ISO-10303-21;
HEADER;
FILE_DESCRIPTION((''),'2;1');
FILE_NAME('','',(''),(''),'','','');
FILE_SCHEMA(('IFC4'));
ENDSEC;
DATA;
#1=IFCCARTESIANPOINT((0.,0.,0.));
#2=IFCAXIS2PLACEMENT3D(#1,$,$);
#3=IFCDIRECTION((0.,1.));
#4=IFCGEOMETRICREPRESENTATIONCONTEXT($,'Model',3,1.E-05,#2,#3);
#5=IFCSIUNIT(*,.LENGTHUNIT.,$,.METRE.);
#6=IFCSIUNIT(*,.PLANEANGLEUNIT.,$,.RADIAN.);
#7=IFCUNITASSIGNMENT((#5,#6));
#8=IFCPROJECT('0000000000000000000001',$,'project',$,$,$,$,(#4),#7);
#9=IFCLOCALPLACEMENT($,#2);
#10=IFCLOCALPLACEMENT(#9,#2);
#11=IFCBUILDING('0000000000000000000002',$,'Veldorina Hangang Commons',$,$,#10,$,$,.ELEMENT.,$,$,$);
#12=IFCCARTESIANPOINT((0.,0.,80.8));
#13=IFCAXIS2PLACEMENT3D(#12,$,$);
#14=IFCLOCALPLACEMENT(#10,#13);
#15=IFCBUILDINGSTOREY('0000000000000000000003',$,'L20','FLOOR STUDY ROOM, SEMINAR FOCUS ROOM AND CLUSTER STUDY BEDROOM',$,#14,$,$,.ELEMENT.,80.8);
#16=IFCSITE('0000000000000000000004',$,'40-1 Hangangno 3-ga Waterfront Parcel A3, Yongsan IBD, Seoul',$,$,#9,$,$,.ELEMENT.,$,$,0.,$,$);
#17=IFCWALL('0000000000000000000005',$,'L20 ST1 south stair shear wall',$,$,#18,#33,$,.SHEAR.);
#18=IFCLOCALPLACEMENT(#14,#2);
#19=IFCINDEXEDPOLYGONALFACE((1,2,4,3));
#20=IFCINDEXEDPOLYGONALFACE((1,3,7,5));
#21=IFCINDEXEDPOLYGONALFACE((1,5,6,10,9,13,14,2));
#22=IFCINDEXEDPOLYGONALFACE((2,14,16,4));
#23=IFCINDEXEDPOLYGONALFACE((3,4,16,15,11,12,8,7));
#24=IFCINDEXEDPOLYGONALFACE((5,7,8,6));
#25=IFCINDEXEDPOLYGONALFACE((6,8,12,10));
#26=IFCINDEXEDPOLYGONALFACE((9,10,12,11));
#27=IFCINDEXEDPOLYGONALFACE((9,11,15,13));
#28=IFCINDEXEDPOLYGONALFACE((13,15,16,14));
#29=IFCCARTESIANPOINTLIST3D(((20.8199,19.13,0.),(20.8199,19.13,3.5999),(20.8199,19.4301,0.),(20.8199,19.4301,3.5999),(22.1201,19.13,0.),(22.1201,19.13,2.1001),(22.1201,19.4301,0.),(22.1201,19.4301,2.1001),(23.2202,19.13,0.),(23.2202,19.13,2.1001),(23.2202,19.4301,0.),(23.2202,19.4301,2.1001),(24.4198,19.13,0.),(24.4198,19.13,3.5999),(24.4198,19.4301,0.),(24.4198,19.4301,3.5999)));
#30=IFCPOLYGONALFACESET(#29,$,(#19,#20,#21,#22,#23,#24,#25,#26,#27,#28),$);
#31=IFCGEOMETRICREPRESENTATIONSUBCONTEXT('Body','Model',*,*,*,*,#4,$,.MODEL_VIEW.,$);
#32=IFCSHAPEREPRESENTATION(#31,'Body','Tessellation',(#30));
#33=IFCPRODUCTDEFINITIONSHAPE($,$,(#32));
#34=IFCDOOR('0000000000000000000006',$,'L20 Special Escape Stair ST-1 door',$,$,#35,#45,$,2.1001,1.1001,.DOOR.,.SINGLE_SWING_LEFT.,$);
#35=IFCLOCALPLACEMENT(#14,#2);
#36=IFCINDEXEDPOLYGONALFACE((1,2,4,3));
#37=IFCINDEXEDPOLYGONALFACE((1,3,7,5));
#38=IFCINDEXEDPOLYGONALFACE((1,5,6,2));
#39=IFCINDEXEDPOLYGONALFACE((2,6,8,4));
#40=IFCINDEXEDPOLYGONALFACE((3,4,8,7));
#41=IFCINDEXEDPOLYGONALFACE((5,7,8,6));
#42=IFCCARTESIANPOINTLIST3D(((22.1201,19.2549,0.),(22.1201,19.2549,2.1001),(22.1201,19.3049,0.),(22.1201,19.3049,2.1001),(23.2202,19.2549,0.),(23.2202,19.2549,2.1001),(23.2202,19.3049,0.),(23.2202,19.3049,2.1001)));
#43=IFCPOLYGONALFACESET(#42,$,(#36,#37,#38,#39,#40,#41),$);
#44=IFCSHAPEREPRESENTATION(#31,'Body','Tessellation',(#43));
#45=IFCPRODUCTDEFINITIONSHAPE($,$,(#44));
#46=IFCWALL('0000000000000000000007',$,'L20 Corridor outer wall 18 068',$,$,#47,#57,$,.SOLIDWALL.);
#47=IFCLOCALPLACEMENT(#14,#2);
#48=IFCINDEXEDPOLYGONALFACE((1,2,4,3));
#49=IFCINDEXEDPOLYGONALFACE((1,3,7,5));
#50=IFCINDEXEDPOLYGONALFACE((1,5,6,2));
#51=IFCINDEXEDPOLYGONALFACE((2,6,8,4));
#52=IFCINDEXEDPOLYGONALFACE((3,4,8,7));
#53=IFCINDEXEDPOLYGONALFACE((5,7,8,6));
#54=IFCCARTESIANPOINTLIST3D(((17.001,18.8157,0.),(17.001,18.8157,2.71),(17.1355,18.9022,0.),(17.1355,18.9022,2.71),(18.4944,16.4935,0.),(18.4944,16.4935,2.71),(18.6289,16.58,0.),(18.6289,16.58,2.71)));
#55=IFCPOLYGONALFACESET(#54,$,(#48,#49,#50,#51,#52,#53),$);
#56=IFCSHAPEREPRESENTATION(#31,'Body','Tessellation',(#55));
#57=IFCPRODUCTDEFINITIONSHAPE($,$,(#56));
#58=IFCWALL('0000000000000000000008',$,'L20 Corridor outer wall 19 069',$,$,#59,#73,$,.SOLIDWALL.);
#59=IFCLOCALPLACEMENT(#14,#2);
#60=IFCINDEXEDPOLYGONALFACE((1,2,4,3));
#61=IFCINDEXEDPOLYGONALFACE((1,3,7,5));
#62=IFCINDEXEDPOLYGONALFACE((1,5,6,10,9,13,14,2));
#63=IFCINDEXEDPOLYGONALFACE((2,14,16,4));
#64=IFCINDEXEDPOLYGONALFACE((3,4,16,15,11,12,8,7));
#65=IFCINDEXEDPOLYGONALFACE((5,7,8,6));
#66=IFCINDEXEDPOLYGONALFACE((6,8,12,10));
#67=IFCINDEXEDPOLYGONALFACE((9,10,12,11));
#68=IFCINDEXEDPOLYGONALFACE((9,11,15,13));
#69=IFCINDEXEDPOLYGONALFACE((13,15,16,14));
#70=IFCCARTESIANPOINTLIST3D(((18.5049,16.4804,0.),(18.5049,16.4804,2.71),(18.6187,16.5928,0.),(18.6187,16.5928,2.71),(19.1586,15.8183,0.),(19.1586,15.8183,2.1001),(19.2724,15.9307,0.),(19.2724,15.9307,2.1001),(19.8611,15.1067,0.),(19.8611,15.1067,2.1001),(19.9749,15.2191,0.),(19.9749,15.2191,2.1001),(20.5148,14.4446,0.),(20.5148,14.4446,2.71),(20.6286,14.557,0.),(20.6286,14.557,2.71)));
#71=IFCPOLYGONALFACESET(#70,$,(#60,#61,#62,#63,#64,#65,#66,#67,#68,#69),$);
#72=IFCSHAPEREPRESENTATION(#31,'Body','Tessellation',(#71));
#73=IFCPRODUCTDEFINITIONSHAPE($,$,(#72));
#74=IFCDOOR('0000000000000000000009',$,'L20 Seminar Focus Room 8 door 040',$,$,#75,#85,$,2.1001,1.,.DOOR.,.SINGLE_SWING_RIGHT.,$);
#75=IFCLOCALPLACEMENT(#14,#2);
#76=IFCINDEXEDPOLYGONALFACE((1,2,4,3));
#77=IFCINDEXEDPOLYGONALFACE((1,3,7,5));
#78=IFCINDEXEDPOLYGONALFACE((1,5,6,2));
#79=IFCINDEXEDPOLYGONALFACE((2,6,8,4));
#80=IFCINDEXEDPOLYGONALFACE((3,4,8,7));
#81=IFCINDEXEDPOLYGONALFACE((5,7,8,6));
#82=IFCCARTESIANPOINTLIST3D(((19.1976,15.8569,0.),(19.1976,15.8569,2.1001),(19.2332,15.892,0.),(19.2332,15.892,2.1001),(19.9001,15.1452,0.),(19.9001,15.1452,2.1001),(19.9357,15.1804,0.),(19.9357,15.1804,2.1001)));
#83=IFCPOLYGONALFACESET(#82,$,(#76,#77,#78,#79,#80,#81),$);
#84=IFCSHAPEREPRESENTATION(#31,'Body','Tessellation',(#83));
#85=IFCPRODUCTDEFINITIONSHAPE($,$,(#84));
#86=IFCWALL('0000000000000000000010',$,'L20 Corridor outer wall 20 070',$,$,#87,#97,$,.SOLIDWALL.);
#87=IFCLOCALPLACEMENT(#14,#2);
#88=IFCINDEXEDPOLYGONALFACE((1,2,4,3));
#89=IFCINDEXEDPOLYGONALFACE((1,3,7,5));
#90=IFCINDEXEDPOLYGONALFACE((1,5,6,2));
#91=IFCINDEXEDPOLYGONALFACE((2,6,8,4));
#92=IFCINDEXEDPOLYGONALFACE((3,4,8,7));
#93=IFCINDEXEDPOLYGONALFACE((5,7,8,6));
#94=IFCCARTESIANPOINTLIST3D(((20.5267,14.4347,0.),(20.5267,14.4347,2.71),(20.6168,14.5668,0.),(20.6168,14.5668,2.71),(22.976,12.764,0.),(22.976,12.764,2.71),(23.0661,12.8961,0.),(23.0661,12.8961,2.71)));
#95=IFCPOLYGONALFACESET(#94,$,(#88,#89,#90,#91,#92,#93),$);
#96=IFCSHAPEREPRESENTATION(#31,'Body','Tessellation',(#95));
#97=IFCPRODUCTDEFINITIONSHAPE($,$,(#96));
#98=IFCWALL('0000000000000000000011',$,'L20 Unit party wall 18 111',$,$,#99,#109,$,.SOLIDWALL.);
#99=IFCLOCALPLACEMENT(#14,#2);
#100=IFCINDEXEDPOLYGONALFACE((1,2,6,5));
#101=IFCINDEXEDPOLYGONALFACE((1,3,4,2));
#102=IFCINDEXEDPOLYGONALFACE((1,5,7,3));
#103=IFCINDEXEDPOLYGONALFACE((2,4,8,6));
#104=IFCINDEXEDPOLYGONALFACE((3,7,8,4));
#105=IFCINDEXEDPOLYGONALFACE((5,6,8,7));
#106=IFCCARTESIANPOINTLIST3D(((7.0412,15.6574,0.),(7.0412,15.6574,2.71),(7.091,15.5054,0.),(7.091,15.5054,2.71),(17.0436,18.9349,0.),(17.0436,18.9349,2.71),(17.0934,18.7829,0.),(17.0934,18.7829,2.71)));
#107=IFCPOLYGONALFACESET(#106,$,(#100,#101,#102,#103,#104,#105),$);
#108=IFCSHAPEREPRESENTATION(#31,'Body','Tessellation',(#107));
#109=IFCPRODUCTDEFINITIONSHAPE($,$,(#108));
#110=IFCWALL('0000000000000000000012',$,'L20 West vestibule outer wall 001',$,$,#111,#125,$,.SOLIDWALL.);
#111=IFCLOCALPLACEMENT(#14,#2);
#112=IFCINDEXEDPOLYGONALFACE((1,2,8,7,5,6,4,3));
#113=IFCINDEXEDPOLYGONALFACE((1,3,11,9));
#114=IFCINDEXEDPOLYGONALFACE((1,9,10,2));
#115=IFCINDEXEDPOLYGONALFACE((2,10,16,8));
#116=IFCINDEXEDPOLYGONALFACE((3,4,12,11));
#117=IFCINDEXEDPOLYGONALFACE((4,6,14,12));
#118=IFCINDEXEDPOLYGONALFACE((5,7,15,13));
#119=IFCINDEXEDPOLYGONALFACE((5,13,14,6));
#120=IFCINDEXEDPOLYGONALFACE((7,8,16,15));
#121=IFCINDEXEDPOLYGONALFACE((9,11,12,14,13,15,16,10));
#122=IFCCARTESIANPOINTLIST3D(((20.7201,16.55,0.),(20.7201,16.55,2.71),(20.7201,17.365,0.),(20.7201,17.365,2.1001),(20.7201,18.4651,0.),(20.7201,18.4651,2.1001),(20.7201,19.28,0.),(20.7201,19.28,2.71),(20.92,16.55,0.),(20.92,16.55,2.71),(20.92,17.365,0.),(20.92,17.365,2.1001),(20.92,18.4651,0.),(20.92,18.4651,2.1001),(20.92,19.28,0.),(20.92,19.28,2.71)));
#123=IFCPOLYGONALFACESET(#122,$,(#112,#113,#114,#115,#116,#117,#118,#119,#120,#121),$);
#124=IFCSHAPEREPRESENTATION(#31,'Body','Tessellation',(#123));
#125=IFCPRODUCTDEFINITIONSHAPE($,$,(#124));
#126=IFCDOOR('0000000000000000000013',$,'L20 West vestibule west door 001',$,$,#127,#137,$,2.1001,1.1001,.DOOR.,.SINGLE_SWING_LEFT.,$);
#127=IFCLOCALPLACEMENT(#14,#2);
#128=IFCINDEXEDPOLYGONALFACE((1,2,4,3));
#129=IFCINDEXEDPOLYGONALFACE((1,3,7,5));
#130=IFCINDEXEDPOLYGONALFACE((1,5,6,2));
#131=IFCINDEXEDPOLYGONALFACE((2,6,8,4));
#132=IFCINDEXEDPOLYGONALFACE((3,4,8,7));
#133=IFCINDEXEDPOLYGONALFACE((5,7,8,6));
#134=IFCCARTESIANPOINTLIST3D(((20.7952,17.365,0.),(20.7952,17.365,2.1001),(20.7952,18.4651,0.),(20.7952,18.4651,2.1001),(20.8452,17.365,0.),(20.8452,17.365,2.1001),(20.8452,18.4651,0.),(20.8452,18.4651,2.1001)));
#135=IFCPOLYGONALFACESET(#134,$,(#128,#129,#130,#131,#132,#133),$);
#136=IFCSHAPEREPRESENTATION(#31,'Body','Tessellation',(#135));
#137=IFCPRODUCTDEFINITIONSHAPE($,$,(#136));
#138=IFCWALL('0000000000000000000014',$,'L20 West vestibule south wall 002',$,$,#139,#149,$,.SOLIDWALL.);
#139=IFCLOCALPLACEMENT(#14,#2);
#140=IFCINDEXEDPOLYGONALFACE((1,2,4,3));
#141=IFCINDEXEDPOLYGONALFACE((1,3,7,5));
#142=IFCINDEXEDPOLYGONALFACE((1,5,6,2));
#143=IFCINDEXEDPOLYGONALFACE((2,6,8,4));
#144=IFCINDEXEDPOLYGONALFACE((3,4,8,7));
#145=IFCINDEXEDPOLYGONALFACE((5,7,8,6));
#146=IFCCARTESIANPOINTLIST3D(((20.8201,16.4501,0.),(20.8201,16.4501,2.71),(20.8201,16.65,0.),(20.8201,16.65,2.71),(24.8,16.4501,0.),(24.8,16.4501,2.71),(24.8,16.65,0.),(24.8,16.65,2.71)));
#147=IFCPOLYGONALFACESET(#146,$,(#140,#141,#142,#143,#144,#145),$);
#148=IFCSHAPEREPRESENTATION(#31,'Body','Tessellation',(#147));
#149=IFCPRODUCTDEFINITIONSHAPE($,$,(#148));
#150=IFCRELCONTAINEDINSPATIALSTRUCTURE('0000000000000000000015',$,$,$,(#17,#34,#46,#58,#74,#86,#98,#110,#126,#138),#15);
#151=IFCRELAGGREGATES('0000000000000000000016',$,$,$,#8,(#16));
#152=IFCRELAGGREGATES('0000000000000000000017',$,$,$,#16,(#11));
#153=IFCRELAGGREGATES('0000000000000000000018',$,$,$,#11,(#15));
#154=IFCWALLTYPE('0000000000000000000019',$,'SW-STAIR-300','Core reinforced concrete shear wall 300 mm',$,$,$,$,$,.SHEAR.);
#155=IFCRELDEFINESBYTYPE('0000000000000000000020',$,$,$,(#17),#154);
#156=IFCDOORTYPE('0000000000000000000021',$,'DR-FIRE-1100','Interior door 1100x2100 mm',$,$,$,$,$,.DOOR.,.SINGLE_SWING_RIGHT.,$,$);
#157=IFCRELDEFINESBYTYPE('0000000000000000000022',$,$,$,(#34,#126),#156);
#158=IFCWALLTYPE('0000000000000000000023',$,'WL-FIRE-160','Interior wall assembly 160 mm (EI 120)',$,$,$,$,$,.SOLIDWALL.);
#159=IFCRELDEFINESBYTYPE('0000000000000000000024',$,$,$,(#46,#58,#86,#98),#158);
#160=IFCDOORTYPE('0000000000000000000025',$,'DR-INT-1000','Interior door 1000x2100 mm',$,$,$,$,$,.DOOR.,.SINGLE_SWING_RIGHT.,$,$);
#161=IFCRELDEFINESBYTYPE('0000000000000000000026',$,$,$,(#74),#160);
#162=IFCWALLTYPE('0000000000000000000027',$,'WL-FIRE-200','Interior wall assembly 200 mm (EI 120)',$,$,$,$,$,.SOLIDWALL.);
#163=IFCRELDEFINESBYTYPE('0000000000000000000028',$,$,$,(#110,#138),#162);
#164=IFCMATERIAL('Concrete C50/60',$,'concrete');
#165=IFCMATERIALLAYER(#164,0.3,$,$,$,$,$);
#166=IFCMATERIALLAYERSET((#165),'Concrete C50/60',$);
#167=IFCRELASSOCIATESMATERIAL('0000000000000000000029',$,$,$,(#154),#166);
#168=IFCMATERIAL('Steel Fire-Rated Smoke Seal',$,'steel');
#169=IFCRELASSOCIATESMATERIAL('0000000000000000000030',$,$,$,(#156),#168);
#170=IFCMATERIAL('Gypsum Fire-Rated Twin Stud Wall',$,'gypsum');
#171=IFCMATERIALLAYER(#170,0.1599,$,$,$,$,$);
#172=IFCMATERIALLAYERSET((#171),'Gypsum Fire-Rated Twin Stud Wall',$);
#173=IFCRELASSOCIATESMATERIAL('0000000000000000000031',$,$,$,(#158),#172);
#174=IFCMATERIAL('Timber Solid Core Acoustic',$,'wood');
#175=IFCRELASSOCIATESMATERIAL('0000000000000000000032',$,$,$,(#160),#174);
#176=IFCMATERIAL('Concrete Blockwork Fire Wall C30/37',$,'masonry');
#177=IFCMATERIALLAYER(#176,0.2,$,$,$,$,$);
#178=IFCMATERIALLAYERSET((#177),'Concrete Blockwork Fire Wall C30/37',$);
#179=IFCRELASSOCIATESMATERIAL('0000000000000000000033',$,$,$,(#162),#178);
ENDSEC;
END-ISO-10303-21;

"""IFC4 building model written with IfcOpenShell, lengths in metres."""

from ifc_helpers import new_model, si_unit, direction, frame, frame_2d, origin, place, context, subcontext, project, spatial, rectangle, extrude, material, layer, layer_set, type_object, element, fill, save


model = new_model("IFC4")

# Units and contexts
model_context = context("Model", 3, precision=1e-05, world=origin(), true_north=direction((0.0, 1.0)))
body_context = subcontext(model_context, "Body", "Model", "MODEL_VIEW")
ifc_project = project(units=[si_unit("LENGTHUNIT", "METRE"), si_unit("PLANEANGLEUNIT", "RADIAN")], contexts=[model_context])

# Site, building, storey
site_placement = place(None, origin())
site = spatial("IfcSite", under=ifc_project, at=site_placement, Name="40-1 Hangangno 3-ga Waterfront Parcel A3, Yongsan IBD, Seoul", CompositionType="ELEMENT", RefElevation=0.0)
building_placement = place(site_placement, origin())
building = spatial("IfcBuilding", under=site, at=building_placement, Name="Veldorina Hangang Commons", CompositionType="ELEMENT")
storey_placement = place(building_placement, frame((0.0, 0.0, 80.8)))
storey = spatial("IfcBuildingStorey", under=building, at=storey_placement, Name="L20", Description="FLOOR STUDY ROOM, SEMINAR FOCUS ROOM AND CLUSTER STUDY BEDROOM", CompositionType="ELEMENT", Elevation=80.8)

# Shared definitions
ifc_material_1 = material(Name="Concrete C50/60", Category="concrete")
ifc_layer_1 = layer(ifc_material_1, 0.3)
ifc_layer_set_1 = layer_set([ifc_layer_1], Name="Concrete C50/60")
wall_type_1 = type_object("IfcWallType", Name="SW-STAIR-300", Description="Core reinforced concrete shear wall 300 mm", PredefinedType="SHEAR", material=ifc_layer_set_1)

# Wall, opening, door
wall_1_placement = place(storey_placement, frame((20.8201, 19.28, 0.0), z_axis=(0.0, 0.0, 1.0), x_axis=(1.0, 0.0, 0.0)))
wall_1 = element("IfcWall", 1, at=wall_1_placement, inside=storey, type_object=wall_type_1, Name="L20 ST1 south stair shear wall", PredefinedType="SHEAR", context=body_context, shape_type="SweptSolid", body=[
    extrude(rectangle(XDim=3.5999, YDim=0.3, at=frame_2d((1.7998, 0.0))), origin(), (0.0, 0.0, 1.0), 3.5999),
])
opening_1_placement = place(wall_1_placement, frame((1.3, 0.0, 0.0)))
opening_1 = element("IfcOpeningElement", 2, at=opening_1_placement, cuts=wall_1, PredefinedType="OPENING", context=body_context, shape_type="SweptSolid", body=[
    extrude(rectangle(XDim=1.1001, YDim=2.1001, at=frame_2d((0.55, 1.05))), frame((0.0, 0.1602, 0.0), z_axis=(0.0, -1.0, 0.0), x_axis=(1.0, 0.0, 0.0)), (0.0, 0.0, 1.0), 0.3201),
])
ifc_material_2 = material(Name="Steel Fire-Rated Smoke Seal", Category="steel")
door_type_1 = type_object("IfcDoorType", Name="DR-FIRE-1100", Description="Interior door 1100x2100 mm", OperationType="SINGLE_SWING_RIGHT", PredefinedType="DOOR", material=ifc_material_2)
door_1_placement = place(opening_1_placement, origin())
door_1 = element("IfcDoor", 3, at=door_1_placement, inside=storey, type_object=door_type_1, Name="L20 Special Escape Stair ST-1 door", OperationType="SINGLE_SWING_LEFT", OverallHeight=2.1001, OverallWidth=1.1001, PredefinedType="DOOR", context=body_context, shape_type="SweptSolid", body=[
    extrude(rectangle(XDim=1.1001, YDim=2.1001, at=frame_2d((0.55, 1.05))), frame((0.0, 0.0249, 0.0), z_axis=(0.0, -1.0, 0.0), x_axis=(1.0, 0.0, 0.0)), (0.0, 0.0, 1.0), 0.05),
])
fill(opening_1, door_1)

# Wall
ifc_material_3 = material(Name="Gypsum Fire-Rated Twin Stud Wall", Category="gypsum")
ifc_layer_2 = layer(ifc_material_3, 0.1599)
ifc_layer_set_2 = layer_set([ifc_layer_2], Name="Gypsum Fire-Rated Twin Stud Wall")
wall_type_2 = type_object("IfcWallType", Name="WL-FIRE-160", Description="Interior wall assembly 160 mm (EI 120)", PredefinedType="SOLIDWALL", material=ifc_layer_set_2)
wall_2_placement = place(storey_placement, frame((17.0684, 18.8589, 0.0), z_axis=(0.0, 0.0, 1.0), x_axis=(0.540892, -0.841092, 0.0)))
element("IfcWall", 4, at=wall_2_placement, inside=storey, type_object=wall_type_2, Name="L20 Corridor outer wall 18 068", PredefinedType="SOLIDWALL", context=body_context, shape_type="SweptSolid", body=[
    extrude(rectangle(XDim=2.761, YDim=0.1599, at=frame_2d((1.3804, 0.0))), origin(), (0.0, 0.0, 1.0), 2.71),
])

# Wall, opening, door
wall_3_placement = place(storey_placement, frame((18.5618, 16.5366, 0.0), z_axis=(0.0, 0.0, 1.0), x_axis=(0.70257, -0.711615, 0.0)))
wall_3 = element("IfcWall", 5, at=wall_3_placement, inside=storey, type_object=wall_type_2, Name="L20 Corridor outer wall 19 069", PredefinedType="SOLIDWALL", context=body_context, shape_type="SweptSolid", body=[
    extrude(rectangle(XDim=2.8608, YDim=0.1599, at=frame_2d((1.4304, 0.0))), origin(), (0.0, 0.0, 1.0), 2.71),
])
opening_2_placement = place(wall_3_placement, frame((0.9304, 0.0, 0.0)))
opening_2 = element("IfcOpeningElement", 6, at=opening_2_placement, cuts=wall_3, PredefinedType="OPENING", context=body_context, shape_type="SweptSolid", body=[
    extrude(rectangle(XDim=1.0, YDim=2.1001, at=frame_2d((0.5, 1.05))), frame((0.0, 0.0898, 0.0), z_axis=(0.0, -1.0, 0.0), x_axis=(1.0, 0.0, 0.0)), (0.0, 0.0, 1.0), 0.1799),
])
ifc_material_4 = material(Name="Timber Solid Core Acoustic", Category="wood")
door_type_2 = type_object("IfcDoorType", Name="DR-INT-1000", Description="Interior door 1000x2100 mm", OperationType="SINGLE_SWING_RIGHT", PredefinedType="DOOR", material=ifc_material_4)
door_2_placement = place(opening_2_placement, origin())
door_2 = element("IfcDoor", 7, at=door_2_placement, inside=storey, type_object=door_type_2, Name="L20 Seminar Focus Room 8 door 040", OperationType="SINGLE_SWING_RIGHT", OverallHeight=2.1001, OverallWidth=1.0, PredefinedType="DOOR", context=body_context, shape_type="SweptSolid", body=[
    extrude(rectangle(XDim=1.0, YDim=2.1001, at=frame_2d((0.5, 1.05))), frame((0.0, 0.0249, 0.0), z_axis=(0.0, -1.0, 0.0), x_axis=(1.0, 0.0, 0.0)), (0.0, 0.0, 1.0), 0.05),
])
fill(opening_2, door_2)

# Walls
wall_4_placement = place(storey_placement, frame((20.5718, 14.5007, 0.0), z_axis=(0.0, 0.0, 1.0), x_axis=(0.826112, -0.563505, 0.0)))
element("IfcWall", 8, at=wall_4_placement, inside=storey, type_object=wall_type_2, Name="L20 Corridor outer wall 20 070", PredefinedType="SOLIDWALL", context=body_context, shape_type="SweptSolid", body=[
    extrude(rectangle(XDim=2.9648, YDim=0.1599, at=frame_2d((1.4824, 0.0))), origin(), (0.0, 0.0, 1.0), 2.71),
])
wall_5_placement = place(storey_placement, frame((17.0684, 18.8589, 0.0), z_axis=(0.0, 0.0, 1.0), x_axis=(-0.950283, -0.311388, 0.0)))
element("IfcWall", 9, at=wall_5_placement, inside=storey, type_object=wall_type_2, Name="L20 Unit party wall 18 111", PredefinedType="SOLIDWALL", context=body_context, shape_type="SweptSolid", body=[
    extrude(rectangle(XDim=10.5256, YDim=0.1599, at=frame_2d((5.2627, 0.0))), origin(), (0.0, 0.0, 1.0), 2.71),
])

# Wall, opening, door
ifc_material_5 = material(Name="Concrete Blockwork Fire Wall C30/37", Category="masonry")
ifc_layer_3 = layer(ifc_material_5, 0.2)
ifc_layer_set_3 = layer_set([ifc_layer_3], Name="Concrete Blockwork Fire Wall C30/37")
wall_type_3 = type_object("IfcWallType", Name="WL-FIRE-200", Description="Interior wall assembly 200 mm (EI 120)", PredefinedType="SOLIDWALL", material=ifc_layer_set_3)
wall_6_placement = place(storey_placement, frame((20.8201, 16.55, 0.0), z_axis=(0.0, 0.0, 1.0), x_axis=(0.0, 1.0, 0.0)))
wall_6 = element("IfcWall", 10, at=wall_6_placement, inside=storey, type_object=wall_type_3, Name="L20 West vestibule outer wall 001", PredefinedType="SOLIDWALL", context=body_context, shape_type="SweptSolid", body=[
    extrude(rectangle(XDim=2.73, YDim=0.2, at=frame_2d((1.365, 0.0))), origin(), (0.0, 0.0, 1.0), 2.71),
])
opening_3_placement = place(wall_6_placement, frame((0.8149, 0.0, 0.0)))
opening_3 = element("IfcOpeningElement", 11, at=opening_3_placement, cuts=wall_6, PredefinedType="OPENING", context=body_context, shape_type="SweptSolid", body=[
    extrude(rectangle(XDim=1.1001, YDim=2.1001, at=frame_2d((0.55, 1.05))), frame((0.0, 0.1099, 0.0), z_axis=(0.0, -1.0, 0.0), x_axis=(1.0, 0.0, 0.0)), (0.0, 0.0, 1.0), 0.22),
])
door_3_placement = place(opening_3_placement, origin())
door_3 = element("IfcDoor", 12, at=door_3_placement, inside=storey, type_object=door_type_1, Name="L20 West vestibule west door 001", OperationType="SINGLE_SWING_LEFT", OverallHeight=2.1001, OverallWidth=1.1001, PredefinedType="DOOR", context=body_context, shape_type="SweptSolid", body=[
    extrude(rectangle(XDim=1.1001, YDim=2.1001, at=frame_2d((0.55, 1.05))), frame((0.0, 0.0249, 0.0), z_axis=(0.0, -1.0, 0.0), x_axis=(1.0, 0.0, 0.0)), (0.0, 0.0, 1.0), 0.05),
])
fill(opening_3, door_3)

# Wall
wall_7_placement = place(storey_placement, frame((20.8201, 16.55, 0.0), z_axis=(0.0, 0.0, 1.0), x_axis=(1.0, 0.0, 0.0)))
element("IfcWall", 13, at=wall_7_placement, inside=storey, type_object=wall_type_3, Name="L20 West vestibule south wall 002", PredefinedType="SOLIDWALL", context=body_context, shape_type="SweptSolid", body=[
    extrude(rectangle(XDim=3.98, YDim=0.2, at=frame_2d((1.99, 0.0))), origin(), (0.0, 0.0, 1.0), 2.71),
])

save(model, "model.ifc")
